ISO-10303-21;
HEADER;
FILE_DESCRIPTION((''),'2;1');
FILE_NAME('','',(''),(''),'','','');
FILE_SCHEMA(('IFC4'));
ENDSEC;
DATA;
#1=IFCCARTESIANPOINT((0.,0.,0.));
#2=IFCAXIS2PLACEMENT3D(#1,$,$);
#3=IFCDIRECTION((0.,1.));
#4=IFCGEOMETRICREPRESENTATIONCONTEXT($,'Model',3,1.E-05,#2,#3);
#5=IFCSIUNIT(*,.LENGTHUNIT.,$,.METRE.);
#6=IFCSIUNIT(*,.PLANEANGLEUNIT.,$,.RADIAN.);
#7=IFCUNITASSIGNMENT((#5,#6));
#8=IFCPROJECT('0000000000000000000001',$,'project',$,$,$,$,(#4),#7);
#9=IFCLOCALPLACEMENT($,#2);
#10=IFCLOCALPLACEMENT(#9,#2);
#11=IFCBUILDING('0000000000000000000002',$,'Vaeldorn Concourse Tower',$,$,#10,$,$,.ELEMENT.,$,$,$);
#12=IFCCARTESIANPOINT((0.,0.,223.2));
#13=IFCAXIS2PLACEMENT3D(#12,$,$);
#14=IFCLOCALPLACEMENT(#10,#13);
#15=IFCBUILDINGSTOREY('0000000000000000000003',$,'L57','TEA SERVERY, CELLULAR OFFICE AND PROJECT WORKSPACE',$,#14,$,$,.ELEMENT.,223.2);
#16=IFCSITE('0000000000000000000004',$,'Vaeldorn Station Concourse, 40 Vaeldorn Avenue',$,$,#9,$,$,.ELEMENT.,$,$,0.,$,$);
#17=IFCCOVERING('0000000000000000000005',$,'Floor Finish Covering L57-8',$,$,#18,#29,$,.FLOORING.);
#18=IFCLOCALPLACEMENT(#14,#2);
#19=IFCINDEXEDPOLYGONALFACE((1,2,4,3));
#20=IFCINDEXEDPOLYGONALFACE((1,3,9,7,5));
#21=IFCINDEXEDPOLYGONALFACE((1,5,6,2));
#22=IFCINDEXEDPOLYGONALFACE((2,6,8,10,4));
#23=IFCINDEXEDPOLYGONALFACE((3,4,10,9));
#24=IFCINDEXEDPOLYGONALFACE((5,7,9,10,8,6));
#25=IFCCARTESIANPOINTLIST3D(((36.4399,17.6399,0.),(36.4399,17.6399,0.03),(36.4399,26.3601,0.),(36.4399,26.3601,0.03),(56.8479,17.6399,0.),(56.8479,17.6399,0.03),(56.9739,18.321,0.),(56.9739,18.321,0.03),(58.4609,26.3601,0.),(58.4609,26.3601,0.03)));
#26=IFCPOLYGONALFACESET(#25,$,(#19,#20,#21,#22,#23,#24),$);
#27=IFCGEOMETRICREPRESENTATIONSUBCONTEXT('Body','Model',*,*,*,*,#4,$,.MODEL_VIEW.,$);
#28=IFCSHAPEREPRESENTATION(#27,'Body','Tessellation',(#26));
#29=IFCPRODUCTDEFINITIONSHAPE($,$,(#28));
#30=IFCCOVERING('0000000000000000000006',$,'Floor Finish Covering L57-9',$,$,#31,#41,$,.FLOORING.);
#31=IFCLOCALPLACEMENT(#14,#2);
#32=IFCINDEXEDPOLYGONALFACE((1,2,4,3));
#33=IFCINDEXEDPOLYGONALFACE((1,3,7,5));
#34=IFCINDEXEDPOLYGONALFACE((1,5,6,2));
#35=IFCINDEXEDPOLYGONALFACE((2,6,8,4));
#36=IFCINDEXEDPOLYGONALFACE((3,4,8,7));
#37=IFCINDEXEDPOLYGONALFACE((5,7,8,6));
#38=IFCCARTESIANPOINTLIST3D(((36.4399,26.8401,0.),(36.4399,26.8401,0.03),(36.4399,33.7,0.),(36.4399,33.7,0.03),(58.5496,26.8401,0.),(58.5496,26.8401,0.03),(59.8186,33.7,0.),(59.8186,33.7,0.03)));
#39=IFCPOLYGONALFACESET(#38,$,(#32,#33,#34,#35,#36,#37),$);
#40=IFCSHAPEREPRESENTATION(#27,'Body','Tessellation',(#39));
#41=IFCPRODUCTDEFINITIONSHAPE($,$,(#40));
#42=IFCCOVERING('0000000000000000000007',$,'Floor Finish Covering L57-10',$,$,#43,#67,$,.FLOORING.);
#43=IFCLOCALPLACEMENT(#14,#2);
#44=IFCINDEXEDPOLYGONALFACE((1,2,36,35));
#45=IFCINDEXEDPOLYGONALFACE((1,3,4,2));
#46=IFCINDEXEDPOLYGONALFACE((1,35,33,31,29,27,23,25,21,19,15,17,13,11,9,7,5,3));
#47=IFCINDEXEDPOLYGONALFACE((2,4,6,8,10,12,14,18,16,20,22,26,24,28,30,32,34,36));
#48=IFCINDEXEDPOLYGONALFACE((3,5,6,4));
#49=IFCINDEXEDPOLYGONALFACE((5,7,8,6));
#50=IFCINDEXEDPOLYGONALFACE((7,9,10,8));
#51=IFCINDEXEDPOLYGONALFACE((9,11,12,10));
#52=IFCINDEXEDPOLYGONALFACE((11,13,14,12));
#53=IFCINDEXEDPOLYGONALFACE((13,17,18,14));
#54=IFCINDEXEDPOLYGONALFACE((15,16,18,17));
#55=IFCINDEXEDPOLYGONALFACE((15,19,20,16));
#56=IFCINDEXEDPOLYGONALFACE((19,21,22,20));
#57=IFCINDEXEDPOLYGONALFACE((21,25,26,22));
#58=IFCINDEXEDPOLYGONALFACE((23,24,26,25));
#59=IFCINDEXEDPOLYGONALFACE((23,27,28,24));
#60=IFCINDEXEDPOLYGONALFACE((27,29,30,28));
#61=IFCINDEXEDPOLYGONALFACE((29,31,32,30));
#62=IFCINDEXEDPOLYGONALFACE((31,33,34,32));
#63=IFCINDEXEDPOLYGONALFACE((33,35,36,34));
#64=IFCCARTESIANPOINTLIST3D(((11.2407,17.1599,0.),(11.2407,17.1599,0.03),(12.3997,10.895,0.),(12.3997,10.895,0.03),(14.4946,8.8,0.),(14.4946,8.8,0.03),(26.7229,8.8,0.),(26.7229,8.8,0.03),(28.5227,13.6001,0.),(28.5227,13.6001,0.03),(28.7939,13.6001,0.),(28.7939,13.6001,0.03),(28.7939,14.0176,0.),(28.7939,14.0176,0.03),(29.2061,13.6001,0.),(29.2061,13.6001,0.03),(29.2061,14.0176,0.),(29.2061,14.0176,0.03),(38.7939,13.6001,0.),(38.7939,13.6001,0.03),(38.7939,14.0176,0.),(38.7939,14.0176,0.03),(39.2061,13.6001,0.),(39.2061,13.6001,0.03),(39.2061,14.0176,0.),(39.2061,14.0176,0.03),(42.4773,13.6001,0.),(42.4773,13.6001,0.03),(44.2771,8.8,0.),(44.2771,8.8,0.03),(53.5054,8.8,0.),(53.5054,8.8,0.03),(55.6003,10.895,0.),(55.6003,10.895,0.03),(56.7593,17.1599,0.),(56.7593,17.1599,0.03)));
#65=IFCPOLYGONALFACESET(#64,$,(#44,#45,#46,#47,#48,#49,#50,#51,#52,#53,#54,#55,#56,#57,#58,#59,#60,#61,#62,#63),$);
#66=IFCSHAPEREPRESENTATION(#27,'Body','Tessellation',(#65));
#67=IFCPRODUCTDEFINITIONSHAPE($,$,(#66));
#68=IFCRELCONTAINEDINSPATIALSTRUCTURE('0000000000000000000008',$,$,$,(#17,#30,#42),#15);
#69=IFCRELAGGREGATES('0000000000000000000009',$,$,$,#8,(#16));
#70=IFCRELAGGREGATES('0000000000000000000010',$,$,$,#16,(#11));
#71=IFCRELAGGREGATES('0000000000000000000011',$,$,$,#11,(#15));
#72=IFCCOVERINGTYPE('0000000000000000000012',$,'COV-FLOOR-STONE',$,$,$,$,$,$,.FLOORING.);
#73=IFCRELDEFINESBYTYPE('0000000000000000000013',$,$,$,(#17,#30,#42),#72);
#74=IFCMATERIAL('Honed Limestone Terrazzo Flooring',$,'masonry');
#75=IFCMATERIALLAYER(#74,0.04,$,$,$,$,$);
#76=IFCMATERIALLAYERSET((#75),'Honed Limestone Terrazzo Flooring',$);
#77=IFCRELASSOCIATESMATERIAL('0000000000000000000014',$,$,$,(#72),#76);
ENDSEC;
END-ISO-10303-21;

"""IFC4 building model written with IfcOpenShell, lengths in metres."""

from ifc_helpers import new_model, si_unit, direction, frame, origin, place, context, subcontext, project, spatial, polyline, outline, extrude, material, layer, layer_set, type_object, element, save


model = new_model("IFC4")

# Units and contexts
model_context = context("Model", 3, precision=1e-05, world=origin(), true_north=direction((0.0, 1.0)))
body_context = subcontext(model_context, "Body", "Model", "MODEL_VIEW")
ifc_project = project(units=[si_unit("LENGTHUNIT", "METRE"), si_unit("PLANEANGLEUNIT", "RADIAN")], contexts=[model_context])

# Site, building, storey
site_placement = place(None, origin())
site = spatial("IfcSite", under=ifc_project, at=site_placement, Name="Vaeldorn Station Concourse, 40 Vaeldorn Avenue", CompositionType="ELEMENT", RefElevation=0.0)
building_placement = place(site_placement, origin())
building = spatial("IfcBuilding", under=site, at=building_placement, Name="Vaeldorn Concourse Tower", CompositionType="ELEMENT")
storey_placement = place(building_placement, frame((0.0, 0.0, 223.2)))
storey = spatial("IfcBuildingStorey", under=building, at=storey_placement, Name="L57", Description="TEA SERVERY, CELLULAR OFFICE AND PROJECT WORKSPACE", CompositionType="ELEMENT", Elevation=223.2)

# Coverings
ifc_material_1 = material(Name="Honed Limestone Terrazzo Flooring", Category="masonry")
ifc_layer_1 = layer(ifc_material_1, 0.04)
ifc_layer_set_1 = layer_set([ifc_layer_1], Name="Honed Limestone Terrazzo Flooring")
covering_type_1 = type_object("IfcCoveringType", Name="COV-FLOOR-STONE", PredefinedType="FLOORING", material=ifc_layer_set_1)
covering_1_placement = place(storey_placement, origin())
element("IfcCovering", 1, at=covering_1_placement, inside=storey, type_object=covering_type_1, Name="Floor Finish Covering L57-8", PredefinedType="FLOORING", context=body_context, shape_type="SweptSolid", body=[
    extrude(outline(polyline([(36.4399, 26.3601), (58.4609, 26.3601), (56.9739, 18.321), (56.8479, 17.6399), (36.4399, 17.6399), (36.4399, 26.3601)])), origin(), (0.0, 0.0, 1.0), 0.03),
])
covering_2_placement = place(storey_placement, origin())
element("IfcCovering", 2, at=covering_2_placement, inside=storey, type_object=covering_type_1, Name="Floor Finish Covering L57-9", PredefinedType="FLOORING", context=body_context, shape_type="SweptSolid", body=[
    extrude(outline(polyline([(36.4399, 26.8401), (36.4399, 33.7), (59.8186, 33.7), (58.5496, 26.8401), (36.4399, 26.8401)])), origin(), (0.0, 0.0, 1.0), 0.03),
])
covering_3_placement = place(storey_placement, origin())
element("IfcCovering", 3, at=covering_3_placement, inside=storey, type_object=covering_type_1, Name="Floor Finish Covering L57-10", PredefinedType="FLOORING", context=body_context, shape_type="SweptSolid", body=[
    extrude(outline(polyline([(56.7593, 17.1599), (55.6003, 10.895), (53.5054, 8.8), (44.2771, 8.8), (42.4773, 13.6001), (39.2061, 13.6001), (39.2061, 14.0176), (38.7939, 14.0176), (38.7939, 13.6001), (29.2061, 13.6001), (29.2061, 14.0176), (28.7939, 14.0176), (28.7939, 13.6001), (28.5227, 13.6001), (26.7229, 8.8), (14.4946, 8.8), (12.3997, 10.895), (11.2407, 17.1599), (56.7593, 17.1599)])), origin(), (0.0, 0.0, 1.0), 0.03),
])

save(model, "model.ifc")
